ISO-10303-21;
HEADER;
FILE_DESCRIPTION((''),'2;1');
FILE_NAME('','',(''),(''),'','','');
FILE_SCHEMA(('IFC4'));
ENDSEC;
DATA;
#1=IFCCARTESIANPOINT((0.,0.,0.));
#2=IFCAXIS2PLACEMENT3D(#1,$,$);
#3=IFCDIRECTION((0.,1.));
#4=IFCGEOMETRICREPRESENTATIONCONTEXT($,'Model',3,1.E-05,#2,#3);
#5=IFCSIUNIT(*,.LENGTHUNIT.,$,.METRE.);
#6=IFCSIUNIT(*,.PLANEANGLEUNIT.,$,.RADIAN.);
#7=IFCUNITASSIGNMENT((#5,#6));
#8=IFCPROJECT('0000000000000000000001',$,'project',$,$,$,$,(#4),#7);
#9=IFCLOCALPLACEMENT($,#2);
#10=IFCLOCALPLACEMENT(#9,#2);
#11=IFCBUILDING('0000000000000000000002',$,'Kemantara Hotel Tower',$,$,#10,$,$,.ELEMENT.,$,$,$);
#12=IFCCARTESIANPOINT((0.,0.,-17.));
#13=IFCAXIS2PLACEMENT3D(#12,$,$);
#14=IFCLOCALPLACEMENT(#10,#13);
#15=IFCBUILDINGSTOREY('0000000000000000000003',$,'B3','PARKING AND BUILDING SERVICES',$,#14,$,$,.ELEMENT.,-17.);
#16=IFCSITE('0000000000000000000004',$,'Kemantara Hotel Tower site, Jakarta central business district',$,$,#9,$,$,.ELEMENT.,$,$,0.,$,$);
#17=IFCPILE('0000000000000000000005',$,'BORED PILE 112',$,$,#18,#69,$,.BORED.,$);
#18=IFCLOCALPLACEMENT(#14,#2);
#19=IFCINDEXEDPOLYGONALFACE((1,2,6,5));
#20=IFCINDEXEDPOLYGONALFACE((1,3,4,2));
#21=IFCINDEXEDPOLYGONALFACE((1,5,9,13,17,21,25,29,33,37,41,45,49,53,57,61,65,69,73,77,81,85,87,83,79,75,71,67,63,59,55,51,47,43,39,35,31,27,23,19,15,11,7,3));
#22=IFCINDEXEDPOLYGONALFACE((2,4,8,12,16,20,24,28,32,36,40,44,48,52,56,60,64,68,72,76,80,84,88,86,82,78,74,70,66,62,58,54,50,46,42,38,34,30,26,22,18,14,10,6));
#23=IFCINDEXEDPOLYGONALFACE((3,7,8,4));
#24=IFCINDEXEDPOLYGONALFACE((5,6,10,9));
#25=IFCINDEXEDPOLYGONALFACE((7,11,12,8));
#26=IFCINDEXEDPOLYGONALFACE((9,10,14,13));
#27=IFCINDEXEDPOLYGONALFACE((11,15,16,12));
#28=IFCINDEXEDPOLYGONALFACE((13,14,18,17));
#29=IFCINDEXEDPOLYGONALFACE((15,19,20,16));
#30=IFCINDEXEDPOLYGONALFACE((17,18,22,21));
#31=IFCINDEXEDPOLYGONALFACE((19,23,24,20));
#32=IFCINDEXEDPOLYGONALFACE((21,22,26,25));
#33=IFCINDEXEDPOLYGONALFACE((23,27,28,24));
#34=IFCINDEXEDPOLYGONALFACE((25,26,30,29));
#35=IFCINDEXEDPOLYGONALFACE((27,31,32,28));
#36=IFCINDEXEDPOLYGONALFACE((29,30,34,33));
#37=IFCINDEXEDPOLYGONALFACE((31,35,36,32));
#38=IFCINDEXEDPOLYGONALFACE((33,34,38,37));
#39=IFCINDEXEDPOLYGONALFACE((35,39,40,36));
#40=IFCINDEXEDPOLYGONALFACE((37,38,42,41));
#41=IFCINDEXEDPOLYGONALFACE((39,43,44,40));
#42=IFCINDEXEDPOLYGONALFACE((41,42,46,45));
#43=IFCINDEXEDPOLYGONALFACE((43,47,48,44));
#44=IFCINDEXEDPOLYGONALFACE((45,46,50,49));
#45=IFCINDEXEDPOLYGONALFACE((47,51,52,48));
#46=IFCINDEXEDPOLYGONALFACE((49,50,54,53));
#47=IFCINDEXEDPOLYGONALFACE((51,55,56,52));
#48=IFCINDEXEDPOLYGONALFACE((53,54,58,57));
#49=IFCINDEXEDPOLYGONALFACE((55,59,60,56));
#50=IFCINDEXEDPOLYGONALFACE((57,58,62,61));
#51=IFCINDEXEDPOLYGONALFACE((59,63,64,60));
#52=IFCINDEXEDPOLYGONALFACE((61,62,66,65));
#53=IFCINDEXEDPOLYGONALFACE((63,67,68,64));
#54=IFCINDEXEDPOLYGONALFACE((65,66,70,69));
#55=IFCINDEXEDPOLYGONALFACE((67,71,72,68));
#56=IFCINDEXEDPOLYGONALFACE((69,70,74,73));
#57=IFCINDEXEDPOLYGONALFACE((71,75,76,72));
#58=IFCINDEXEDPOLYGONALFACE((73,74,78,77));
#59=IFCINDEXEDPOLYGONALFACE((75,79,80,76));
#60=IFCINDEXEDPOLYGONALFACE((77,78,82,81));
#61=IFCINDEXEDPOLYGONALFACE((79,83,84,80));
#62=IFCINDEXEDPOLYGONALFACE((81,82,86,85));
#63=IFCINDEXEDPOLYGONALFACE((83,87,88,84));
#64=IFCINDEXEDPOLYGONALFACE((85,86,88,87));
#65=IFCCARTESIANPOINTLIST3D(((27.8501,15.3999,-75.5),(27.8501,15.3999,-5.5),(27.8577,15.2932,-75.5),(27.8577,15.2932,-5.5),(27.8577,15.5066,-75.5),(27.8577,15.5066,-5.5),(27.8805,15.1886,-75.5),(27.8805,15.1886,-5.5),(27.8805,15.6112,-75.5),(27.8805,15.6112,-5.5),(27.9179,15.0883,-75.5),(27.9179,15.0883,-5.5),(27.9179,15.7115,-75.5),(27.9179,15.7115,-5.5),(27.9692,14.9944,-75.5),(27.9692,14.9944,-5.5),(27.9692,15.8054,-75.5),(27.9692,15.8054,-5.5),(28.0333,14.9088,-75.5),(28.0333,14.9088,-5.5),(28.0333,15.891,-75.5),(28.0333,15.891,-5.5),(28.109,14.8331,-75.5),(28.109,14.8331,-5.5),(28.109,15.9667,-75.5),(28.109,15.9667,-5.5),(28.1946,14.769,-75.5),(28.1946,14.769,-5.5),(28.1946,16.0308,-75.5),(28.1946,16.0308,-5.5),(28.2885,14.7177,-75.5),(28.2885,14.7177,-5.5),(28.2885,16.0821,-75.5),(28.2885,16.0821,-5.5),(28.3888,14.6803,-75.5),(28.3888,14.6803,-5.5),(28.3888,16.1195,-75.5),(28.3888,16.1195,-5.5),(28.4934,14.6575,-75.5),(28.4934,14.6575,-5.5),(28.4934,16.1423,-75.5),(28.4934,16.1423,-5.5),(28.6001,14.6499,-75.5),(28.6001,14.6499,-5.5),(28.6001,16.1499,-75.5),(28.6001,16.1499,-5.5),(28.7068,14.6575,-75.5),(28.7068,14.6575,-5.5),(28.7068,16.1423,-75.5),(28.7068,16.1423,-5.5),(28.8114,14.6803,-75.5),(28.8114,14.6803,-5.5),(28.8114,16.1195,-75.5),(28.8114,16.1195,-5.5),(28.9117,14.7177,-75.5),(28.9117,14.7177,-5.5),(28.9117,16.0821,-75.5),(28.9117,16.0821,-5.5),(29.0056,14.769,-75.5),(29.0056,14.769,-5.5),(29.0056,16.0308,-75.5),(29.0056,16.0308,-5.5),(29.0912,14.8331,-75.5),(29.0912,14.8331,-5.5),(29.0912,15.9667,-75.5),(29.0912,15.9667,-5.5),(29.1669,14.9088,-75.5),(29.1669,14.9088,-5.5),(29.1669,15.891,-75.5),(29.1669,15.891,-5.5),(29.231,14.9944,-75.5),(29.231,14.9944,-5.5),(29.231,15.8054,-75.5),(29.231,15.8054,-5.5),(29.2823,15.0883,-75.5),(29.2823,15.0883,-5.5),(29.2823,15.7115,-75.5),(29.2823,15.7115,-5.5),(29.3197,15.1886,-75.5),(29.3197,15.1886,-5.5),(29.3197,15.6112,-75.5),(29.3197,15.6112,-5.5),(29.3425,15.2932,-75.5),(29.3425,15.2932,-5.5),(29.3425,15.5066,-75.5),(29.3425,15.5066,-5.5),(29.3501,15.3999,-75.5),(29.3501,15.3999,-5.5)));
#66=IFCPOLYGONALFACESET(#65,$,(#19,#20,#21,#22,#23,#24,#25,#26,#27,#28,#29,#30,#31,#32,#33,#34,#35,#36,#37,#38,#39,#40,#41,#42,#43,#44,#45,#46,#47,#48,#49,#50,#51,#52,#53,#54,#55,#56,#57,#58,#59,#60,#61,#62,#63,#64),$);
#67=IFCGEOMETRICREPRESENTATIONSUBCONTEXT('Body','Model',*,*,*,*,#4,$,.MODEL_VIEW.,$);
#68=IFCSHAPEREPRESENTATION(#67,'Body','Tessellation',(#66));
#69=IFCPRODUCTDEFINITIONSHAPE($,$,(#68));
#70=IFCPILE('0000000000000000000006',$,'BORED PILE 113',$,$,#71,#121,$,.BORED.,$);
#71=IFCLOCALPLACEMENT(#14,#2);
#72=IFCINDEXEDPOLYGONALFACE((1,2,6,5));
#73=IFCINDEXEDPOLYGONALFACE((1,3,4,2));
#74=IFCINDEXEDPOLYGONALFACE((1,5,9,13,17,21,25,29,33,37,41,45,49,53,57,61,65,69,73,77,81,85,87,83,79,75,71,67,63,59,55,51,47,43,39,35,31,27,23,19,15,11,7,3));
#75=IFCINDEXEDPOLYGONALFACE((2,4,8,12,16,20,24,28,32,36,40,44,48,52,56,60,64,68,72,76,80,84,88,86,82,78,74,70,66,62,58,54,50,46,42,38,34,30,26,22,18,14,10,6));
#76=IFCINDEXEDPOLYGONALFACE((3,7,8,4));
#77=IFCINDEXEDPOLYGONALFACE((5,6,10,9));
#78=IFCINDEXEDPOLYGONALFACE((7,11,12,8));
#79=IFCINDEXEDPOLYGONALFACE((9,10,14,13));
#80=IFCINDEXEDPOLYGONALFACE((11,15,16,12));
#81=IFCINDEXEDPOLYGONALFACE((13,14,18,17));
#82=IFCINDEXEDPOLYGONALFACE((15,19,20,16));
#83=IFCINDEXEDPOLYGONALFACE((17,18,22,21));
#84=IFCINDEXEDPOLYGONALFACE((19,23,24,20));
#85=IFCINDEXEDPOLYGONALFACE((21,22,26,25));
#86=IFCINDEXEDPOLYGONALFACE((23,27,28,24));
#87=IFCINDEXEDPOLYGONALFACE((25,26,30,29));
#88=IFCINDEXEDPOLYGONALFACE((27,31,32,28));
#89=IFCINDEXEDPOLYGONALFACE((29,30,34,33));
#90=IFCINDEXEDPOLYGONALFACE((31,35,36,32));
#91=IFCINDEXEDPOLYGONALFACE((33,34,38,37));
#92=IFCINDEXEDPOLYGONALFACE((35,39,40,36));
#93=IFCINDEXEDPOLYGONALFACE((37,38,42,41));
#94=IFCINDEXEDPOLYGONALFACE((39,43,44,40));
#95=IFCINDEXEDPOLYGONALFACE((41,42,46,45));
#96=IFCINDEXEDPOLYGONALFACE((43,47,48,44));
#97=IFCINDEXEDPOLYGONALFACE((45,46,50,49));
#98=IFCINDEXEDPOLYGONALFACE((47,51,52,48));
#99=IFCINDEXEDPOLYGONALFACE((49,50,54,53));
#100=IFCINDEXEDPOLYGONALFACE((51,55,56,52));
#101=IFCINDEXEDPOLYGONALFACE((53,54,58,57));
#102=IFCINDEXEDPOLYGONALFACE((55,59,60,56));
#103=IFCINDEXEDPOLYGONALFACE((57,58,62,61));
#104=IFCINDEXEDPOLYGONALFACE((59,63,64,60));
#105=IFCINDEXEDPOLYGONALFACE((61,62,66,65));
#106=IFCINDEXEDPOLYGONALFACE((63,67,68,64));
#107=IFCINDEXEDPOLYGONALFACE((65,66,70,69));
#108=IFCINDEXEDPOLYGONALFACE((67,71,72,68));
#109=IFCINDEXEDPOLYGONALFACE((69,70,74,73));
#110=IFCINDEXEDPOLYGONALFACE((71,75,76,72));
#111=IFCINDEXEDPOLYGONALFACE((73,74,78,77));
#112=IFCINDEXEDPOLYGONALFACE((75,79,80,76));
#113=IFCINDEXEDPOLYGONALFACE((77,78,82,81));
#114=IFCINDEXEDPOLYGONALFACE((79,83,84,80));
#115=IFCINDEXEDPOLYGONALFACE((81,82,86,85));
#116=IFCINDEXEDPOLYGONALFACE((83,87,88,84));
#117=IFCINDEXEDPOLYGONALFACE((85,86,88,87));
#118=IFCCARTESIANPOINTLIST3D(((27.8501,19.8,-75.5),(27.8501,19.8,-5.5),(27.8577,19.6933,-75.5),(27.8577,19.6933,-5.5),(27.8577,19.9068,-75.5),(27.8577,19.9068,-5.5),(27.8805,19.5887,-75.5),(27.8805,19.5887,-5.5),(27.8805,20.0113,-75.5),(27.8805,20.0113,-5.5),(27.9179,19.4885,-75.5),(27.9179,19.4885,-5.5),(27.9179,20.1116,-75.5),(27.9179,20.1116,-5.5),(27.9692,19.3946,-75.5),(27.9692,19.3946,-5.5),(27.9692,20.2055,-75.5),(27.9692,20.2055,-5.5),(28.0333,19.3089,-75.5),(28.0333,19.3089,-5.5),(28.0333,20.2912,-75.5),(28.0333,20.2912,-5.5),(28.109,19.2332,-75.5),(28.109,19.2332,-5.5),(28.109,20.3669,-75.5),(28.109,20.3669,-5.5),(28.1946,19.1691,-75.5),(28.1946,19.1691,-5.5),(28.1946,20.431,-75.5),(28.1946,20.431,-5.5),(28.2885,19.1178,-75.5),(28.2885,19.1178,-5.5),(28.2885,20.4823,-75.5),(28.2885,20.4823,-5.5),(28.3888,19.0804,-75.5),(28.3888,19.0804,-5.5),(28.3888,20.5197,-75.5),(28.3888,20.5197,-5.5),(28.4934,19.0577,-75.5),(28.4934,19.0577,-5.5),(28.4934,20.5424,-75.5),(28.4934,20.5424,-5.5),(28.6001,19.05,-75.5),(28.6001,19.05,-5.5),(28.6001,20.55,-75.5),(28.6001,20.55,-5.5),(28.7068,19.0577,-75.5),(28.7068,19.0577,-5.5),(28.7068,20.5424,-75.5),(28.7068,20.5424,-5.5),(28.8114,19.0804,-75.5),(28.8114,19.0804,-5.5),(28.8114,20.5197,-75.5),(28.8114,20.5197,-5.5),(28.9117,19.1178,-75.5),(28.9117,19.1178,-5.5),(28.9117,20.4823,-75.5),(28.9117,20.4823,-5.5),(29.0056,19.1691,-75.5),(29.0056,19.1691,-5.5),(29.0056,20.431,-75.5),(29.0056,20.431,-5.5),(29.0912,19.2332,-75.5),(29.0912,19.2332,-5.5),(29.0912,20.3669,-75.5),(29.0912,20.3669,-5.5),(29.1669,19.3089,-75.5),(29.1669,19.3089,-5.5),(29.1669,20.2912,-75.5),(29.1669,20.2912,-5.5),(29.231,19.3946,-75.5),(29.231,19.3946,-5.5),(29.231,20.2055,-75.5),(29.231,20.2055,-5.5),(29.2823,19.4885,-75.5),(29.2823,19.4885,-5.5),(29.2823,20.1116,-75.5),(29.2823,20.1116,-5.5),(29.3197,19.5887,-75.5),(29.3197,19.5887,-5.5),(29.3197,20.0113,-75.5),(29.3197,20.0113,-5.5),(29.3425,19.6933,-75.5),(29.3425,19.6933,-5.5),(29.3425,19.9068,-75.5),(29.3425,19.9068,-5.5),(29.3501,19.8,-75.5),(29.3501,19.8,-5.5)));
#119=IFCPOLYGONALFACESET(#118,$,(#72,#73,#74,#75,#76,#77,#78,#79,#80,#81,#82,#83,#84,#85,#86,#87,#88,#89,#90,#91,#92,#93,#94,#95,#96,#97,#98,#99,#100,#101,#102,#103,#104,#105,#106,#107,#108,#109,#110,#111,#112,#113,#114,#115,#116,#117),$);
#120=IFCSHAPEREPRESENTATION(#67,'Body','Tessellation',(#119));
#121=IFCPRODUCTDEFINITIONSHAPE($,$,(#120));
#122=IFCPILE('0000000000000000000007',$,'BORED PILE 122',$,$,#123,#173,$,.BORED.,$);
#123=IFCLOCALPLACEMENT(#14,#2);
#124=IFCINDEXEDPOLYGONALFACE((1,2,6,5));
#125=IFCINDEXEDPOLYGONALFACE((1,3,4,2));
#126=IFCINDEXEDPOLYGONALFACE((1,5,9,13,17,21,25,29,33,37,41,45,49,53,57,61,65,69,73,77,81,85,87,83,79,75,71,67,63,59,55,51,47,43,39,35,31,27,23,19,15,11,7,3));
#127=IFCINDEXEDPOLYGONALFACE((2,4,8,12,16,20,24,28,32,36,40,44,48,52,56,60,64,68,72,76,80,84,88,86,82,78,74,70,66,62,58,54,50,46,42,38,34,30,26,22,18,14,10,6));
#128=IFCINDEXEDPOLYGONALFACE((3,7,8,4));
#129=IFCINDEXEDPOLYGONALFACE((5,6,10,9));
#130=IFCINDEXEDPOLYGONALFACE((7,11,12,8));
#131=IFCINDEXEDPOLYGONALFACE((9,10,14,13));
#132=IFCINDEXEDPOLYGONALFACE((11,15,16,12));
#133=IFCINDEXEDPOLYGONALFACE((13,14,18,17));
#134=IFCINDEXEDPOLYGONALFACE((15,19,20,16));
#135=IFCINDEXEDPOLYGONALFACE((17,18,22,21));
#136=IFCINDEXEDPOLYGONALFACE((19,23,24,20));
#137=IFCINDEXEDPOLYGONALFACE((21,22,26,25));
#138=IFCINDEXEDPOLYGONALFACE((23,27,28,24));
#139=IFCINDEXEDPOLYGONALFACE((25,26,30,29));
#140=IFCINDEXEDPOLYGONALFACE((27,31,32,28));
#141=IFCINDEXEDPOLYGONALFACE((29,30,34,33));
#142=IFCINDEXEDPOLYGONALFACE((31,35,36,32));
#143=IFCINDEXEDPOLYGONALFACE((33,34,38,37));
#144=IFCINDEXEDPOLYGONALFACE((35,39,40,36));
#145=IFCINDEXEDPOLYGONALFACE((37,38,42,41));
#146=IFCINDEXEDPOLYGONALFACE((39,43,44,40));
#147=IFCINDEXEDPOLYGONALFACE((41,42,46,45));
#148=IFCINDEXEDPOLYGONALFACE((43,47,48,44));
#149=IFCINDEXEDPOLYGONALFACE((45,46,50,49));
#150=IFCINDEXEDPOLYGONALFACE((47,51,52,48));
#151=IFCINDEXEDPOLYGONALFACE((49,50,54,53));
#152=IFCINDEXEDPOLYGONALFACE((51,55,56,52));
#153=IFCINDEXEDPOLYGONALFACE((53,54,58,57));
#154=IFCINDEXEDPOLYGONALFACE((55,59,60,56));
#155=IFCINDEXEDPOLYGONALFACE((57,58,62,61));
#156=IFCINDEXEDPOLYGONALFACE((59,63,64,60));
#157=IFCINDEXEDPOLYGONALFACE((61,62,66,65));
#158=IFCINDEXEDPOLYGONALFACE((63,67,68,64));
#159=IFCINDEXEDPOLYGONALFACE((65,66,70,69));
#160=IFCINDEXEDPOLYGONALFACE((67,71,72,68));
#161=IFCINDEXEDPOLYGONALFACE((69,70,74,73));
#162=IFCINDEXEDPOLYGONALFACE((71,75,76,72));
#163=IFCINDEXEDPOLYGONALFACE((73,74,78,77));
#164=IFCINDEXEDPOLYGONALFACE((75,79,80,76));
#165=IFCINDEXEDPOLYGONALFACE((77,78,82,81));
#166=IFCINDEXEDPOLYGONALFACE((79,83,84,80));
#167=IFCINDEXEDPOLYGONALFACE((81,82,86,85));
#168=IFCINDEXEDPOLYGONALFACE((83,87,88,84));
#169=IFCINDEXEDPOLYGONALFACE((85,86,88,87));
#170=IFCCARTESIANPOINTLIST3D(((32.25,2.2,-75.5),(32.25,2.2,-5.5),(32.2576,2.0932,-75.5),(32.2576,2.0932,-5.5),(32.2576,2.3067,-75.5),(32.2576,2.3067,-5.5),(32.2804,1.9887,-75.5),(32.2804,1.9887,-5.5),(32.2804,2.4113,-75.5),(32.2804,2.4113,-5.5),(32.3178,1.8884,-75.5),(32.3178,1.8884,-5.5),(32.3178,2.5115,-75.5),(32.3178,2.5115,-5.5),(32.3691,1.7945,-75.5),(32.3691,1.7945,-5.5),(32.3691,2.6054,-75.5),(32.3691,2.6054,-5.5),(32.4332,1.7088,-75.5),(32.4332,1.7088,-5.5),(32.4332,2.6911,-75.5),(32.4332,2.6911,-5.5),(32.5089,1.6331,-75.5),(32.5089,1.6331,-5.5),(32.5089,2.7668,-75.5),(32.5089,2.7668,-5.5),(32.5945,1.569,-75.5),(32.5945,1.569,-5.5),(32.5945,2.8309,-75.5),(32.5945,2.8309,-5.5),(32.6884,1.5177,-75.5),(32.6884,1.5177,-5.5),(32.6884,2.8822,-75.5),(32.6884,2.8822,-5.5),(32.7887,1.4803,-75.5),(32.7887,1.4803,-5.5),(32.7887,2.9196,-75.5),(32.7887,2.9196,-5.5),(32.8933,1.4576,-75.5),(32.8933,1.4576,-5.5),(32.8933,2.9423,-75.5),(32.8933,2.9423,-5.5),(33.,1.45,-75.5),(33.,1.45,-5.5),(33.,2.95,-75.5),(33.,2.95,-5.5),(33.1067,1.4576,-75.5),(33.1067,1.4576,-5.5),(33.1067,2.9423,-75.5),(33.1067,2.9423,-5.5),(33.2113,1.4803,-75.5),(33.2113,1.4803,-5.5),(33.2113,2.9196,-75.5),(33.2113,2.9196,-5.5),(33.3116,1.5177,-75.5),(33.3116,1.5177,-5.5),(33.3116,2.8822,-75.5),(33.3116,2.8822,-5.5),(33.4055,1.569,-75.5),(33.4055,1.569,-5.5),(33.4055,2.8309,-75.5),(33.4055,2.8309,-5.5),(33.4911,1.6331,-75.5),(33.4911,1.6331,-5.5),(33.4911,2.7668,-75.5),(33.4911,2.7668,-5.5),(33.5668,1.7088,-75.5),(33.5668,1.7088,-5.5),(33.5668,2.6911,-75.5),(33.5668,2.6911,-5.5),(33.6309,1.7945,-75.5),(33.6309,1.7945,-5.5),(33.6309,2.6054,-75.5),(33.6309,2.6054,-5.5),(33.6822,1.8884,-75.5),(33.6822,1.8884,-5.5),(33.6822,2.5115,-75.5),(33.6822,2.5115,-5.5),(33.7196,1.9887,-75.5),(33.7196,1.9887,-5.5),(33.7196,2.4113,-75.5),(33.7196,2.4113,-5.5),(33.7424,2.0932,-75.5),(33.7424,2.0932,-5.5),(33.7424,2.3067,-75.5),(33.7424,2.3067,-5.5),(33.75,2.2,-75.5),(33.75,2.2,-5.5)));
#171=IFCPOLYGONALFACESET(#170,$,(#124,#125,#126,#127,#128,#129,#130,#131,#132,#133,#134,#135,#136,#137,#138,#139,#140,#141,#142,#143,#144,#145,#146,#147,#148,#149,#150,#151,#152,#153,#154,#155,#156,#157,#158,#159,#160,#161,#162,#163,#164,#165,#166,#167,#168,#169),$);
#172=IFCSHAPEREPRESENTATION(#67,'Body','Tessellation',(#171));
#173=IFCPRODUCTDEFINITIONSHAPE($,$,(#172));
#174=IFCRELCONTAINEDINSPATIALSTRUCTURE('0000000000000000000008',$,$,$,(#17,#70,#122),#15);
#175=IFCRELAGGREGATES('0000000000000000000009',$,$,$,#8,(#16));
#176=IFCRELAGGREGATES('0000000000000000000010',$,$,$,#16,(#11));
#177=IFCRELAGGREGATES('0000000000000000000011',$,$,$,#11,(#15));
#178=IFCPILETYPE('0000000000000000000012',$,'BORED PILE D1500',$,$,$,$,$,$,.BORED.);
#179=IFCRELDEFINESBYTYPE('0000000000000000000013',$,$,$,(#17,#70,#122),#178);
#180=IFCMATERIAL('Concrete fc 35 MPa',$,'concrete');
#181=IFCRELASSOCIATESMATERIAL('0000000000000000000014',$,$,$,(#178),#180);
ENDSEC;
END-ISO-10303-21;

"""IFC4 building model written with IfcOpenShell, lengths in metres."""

from ifc_helpers import new_model, si_unit, direction, frame, origin, origin_2d, place, context, subcontext, project, spatial, circle, extrude, material, material_profile, profile_set, type_object, element, save


model = new_model("IFC4")

# Units and contexts
model_context = context("Model", 3, precision=1e-05, world=origin(), true_north=direction((0.0, 1.0)))
body_context = subcontext(model_context, "Body", "Model", "MODEL_VIEW")
ifc_project = project(units=[si_unit("LENGTHUNIT", "METRE"), si_unit("PLANEANGLEUNIT", "RADIAN")], contexts=[model_context])

# Site, building, storey
site_placement = place(None, origin())
site = spatial("IfcSite", under=ifc_project, at=site_placement, Name="Kemantara Hotel Tower site, Jakarta central business district", CompositionType="ELEMENT", RefElevation=0.0)
building_placement = place(site_placement, origin())
building = spatial("IfcBuilding", under=site, at=building_placement, Name="Kemantara Hotel Tower", CompositionType="ELEMENT")
storey_placement = place(building_placement, frame((0.0, 0.0, -17.0)))
storey = spatial("IfcBuildingStorey", under=building, at=storey_placement, Name="B3", Description="PARKING AND BUILDING SERVICES", CompositionType="ELEMENT", Elevation=-17.0)

# Piles
ifc_material_1 = material(Name="Concrete fc 35 MPa", Category="concrete")
ifc_material_profile_1 = material_profile(ifc_material_1, circle(Radius=0.75, at=origin_2d()), Name="BORED PILE D1500")
ifc_profile_set_1 = profile_set([ifc_material_profile_1], Name="Concrete fc 35 MPa")
pile_type = type_object("IfcPileType", Name="BORED PILE D1500", PredefinedType="BORED", material=ifc_profile_set_1)
for number, where, z_axis, x_axis, name in (
    (1, (28.6001, 15.3999, -5.5), (0.0, 0.0, -1.0), (1.0, 0.0, 0.0), "BORED PILE 112"),
    (2, (28.6001, 19.8, -5.5), (0.0, 0.0, -1.0), (1.0, 0.0, 0.0), "BORED PILE 113"),
    (3, (33.0, 2.2, -5.5), (0.0, 0.0, -1.0), (1.0, 0.0, 0.0), "BORED PILE 122"),
):
    element("IfcPile", number, at=place(storey_placement, frame(where, z_axis=z_axis, x_axis=x_axis)), inside=storey, type_object=pile_type, Name=name, PredefinedType="BORED", context=body_context, shape_type="SweptSolid", body=[
        extrude(circle(Radius=0.75, at=origin_2d()), origin(), (0.0, 0.0, 1.0), 70.0),
    ])

save(model, "model.ifc")
